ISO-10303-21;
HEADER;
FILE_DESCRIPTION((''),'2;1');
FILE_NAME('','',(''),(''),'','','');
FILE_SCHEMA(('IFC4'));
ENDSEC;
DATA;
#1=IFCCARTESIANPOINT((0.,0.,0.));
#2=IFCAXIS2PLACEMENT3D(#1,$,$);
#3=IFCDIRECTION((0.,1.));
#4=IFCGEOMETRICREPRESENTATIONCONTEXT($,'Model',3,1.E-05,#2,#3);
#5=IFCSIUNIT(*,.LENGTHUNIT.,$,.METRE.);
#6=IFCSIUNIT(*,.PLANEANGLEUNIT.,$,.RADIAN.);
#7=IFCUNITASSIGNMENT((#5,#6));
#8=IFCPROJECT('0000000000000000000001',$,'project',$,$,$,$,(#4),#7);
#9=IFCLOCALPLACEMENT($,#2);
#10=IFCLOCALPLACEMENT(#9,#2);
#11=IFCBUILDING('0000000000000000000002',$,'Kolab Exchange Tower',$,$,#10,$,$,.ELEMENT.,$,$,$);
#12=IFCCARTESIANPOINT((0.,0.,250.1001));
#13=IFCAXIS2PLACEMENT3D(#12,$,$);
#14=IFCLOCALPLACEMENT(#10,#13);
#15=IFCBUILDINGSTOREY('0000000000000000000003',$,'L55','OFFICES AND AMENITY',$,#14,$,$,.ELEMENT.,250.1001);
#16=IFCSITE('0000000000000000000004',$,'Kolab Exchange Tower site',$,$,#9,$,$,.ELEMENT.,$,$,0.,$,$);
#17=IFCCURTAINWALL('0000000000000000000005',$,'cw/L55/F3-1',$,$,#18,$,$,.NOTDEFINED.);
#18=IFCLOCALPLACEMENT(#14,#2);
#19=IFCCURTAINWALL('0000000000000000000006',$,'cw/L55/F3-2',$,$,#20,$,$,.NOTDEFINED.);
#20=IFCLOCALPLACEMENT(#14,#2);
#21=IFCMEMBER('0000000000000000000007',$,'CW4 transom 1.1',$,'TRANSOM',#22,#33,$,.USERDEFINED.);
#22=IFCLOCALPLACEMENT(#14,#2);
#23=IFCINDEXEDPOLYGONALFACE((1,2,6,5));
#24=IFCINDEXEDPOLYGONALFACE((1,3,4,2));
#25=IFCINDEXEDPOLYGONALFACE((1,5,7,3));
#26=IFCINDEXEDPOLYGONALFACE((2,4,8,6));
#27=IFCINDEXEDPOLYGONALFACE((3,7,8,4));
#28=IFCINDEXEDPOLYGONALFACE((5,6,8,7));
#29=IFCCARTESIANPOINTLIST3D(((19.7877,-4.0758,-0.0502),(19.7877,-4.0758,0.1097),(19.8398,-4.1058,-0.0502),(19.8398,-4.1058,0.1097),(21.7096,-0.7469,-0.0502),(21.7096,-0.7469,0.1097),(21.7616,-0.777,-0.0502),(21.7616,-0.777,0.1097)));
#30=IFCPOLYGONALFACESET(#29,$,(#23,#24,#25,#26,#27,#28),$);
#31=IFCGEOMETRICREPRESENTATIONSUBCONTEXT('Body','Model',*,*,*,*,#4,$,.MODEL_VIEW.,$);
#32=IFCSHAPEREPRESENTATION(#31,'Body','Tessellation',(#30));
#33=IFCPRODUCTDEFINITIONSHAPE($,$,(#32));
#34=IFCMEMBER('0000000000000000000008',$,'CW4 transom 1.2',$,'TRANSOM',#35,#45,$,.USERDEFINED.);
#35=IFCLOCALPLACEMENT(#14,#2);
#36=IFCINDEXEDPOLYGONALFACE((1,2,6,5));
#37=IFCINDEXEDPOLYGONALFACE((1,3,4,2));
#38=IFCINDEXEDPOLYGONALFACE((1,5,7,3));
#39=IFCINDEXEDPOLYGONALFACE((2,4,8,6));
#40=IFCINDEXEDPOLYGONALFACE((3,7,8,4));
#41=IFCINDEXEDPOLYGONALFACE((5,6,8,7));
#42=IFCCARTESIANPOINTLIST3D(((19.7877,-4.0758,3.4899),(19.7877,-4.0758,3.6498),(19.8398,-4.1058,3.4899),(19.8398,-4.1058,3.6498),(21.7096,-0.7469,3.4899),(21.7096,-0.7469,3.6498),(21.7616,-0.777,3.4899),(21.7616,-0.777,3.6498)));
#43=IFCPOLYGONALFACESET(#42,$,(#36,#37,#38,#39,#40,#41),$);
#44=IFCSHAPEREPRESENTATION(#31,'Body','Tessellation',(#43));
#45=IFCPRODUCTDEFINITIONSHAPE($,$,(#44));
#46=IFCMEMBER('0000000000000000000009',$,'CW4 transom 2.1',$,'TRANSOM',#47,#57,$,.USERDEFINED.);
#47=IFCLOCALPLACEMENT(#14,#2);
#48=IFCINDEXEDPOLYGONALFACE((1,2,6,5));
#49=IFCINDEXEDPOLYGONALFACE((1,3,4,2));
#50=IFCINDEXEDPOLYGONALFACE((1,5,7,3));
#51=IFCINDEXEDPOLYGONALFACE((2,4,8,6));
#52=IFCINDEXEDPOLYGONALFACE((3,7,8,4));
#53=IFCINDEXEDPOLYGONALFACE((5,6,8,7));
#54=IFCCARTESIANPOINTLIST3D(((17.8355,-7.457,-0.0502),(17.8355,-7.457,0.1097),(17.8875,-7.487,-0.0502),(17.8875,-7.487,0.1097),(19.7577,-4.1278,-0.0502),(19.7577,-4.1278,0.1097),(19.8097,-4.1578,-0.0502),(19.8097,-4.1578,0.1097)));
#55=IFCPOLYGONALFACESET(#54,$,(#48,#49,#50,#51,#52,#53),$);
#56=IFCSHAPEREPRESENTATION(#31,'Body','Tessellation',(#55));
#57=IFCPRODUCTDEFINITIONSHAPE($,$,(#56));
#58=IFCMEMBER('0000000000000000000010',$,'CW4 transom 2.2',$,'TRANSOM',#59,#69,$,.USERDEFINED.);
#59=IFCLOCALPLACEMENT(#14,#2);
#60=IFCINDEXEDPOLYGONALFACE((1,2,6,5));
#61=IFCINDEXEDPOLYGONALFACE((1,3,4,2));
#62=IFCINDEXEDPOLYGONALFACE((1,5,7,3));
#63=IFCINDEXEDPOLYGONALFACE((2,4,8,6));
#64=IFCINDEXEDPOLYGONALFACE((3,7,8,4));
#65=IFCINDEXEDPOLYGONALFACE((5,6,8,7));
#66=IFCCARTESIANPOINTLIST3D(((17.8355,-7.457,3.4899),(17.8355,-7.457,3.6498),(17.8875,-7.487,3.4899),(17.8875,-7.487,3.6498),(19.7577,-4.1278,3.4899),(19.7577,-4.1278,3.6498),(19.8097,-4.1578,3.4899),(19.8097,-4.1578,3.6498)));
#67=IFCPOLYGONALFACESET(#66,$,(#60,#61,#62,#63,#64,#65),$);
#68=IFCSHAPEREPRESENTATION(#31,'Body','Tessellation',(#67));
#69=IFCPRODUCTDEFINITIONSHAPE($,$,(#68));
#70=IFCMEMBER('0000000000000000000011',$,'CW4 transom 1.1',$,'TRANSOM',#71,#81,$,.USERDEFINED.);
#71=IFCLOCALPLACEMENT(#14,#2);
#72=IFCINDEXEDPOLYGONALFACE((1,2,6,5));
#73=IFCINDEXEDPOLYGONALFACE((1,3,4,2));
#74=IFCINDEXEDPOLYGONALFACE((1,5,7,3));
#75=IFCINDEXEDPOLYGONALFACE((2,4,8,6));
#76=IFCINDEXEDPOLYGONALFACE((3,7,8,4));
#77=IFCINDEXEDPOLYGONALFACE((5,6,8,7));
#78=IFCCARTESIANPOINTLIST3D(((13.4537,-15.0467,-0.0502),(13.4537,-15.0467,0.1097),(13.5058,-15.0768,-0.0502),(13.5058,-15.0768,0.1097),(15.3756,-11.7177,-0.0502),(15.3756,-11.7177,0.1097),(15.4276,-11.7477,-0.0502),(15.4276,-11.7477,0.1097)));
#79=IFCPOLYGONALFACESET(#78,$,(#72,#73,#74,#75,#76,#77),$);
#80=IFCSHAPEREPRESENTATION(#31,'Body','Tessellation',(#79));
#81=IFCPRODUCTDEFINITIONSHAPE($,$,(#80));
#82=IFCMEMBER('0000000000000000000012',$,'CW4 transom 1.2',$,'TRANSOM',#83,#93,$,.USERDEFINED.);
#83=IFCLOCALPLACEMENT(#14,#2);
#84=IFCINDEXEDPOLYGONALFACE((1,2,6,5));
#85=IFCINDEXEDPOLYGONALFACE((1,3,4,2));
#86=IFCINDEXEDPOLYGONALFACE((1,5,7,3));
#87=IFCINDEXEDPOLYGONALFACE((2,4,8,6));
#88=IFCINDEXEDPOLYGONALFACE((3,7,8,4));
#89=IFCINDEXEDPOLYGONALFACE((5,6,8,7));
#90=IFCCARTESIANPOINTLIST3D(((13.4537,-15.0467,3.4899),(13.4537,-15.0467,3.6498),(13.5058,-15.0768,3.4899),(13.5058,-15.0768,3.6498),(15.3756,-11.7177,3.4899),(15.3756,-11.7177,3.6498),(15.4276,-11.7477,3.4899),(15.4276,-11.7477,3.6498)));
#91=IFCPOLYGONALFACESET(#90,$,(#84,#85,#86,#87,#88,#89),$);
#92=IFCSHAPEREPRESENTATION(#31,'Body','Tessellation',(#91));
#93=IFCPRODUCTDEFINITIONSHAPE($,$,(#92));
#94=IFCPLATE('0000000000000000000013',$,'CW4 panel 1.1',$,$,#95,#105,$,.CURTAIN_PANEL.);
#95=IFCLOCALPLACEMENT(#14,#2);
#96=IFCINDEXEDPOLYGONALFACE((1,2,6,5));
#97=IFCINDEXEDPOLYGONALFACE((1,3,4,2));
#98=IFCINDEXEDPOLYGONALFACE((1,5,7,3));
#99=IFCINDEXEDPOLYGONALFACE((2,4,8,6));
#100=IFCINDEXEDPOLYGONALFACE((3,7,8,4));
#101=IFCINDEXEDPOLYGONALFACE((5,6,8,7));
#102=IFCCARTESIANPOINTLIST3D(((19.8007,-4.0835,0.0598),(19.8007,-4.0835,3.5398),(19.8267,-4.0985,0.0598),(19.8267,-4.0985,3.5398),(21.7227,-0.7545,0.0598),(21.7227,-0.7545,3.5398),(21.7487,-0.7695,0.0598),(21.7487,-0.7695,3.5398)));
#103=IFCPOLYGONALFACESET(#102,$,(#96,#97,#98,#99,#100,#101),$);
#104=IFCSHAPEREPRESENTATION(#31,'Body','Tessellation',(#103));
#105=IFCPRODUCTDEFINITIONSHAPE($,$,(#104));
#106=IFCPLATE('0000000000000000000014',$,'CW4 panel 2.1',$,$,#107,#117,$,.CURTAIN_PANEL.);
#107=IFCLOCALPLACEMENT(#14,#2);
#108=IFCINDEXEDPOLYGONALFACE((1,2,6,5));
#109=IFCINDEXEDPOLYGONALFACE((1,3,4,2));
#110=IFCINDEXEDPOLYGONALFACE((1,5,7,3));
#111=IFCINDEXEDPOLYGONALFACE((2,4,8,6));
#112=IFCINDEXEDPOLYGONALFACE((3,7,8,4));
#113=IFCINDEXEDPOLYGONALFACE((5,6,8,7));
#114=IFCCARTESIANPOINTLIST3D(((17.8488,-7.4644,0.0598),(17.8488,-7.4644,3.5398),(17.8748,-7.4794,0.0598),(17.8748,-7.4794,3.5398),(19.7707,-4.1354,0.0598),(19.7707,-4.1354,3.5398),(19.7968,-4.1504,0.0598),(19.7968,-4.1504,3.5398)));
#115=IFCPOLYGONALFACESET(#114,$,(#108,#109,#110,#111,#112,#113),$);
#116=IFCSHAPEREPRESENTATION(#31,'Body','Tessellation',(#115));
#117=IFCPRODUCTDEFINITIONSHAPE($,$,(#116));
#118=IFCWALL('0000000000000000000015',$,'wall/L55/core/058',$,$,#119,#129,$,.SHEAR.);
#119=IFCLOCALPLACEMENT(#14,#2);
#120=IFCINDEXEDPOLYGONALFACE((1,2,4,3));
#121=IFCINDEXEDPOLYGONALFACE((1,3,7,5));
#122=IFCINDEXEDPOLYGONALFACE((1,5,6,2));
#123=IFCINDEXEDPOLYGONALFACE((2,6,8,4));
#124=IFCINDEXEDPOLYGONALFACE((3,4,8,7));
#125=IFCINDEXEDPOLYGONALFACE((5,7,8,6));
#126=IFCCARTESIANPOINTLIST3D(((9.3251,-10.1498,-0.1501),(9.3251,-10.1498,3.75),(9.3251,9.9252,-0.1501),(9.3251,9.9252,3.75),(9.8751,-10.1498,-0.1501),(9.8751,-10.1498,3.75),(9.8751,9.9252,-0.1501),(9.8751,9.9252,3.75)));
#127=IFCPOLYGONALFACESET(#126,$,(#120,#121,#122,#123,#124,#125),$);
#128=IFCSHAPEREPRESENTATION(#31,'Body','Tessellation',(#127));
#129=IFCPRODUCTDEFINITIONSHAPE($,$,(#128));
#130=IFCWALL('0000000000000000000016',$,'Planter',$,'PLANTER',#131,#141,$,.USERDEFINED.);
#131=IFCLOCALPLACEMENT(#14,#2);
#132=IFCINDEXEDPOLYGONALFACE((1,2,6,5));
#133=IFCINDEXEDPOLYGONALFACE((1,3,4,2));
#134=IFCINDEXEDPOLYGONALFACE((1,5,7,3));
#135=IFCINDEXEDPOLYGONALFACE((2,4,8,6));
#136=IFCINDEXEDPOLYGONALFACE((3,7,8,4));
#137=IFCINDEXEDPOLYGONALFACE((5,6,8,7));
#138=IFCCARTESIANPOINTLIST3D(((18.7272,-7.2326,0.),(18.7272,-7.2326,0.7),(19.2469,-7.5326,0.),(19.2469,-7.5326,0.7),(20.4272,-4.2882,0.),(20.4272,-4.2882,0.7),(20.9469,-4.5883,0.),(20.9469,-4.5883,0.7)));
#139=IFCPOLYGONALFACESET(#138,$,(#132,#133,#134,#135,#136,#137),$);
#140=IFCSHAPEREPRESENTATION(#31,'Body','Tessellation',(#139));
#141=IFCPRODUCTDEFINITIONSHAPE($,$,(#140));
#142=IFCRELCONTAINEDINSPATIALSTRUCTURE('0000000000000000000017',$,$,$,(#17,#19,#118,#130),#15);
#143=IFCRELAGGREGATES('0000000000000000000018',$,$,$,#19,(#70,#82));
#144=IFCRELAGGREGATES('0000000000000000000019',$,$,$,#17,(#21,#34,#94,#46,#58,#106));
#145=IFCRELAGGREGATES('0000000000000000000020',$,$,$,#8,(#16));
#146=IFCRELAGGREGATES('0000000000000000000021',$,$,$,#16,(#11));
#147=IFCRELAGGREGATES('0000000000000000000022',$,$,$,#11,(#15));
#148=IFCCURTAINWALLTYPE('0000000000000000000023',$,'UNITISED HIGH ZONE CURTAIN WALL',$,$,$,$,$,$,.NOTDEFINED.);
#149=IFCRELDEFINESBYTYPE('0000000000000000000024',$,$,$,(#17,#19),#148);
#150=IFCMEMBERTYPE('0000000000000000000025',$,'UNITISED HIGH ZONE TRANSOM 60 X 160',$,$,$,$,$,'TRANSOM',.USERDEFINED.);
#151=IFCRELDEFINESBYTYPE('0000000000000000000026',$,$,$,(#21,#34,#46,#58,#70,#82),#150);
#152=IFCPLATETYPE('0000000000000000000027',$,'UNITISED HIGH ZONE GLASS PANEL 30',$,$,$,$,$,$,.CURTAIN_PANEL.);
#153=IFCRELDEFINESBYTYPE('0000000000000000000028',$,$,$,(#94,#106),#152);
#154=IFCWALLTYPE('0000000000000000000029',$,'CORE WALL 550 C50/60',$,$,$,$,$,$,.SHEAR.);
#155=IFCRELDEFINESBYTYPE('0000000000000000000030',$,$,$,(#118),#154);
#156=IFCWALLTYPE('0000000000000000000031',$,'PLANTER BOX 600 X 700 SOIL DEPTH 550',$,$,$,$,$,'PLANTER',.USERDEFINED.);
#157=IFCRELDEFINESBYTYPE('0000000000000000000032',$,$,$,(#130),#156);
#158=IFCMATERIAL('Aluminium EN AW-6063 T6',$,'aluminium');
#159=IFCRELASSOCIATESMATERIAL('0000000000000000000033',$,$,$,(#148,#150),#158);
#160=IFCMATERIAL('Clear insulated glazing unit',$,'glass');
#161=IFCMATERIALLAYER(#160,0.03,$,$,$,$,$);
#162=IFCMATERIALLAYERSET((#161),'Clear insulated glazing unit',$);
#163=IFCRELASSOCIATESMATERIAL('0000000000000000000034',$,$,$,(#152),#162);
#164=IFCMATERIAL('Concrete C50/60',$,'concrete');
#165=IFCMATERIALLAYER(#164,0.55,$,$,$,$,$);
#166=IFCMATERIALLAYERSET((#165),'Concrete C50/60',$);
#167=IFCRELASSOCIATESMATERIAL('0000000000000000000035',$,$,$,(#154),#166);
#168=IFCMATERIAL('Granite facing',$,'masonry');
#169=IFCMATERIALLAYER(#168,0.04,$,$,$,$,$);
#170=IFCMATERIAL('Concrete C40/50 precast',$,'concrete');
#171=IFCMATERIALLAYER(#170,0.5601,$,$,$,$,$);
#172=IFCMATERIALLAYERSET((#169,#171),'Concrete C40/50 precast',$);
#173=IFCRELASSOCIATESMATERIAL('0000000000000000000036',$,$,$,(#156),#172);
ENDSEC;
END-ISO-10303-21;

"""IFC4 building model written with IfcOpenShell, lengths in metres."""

from ifc_helpers import new_model, si_unit, direction, frame, frame_2d, origin, origin_2d, place, context, subcontext, project, spatial, rectangle, extrude, material, layer, layer_set, material_profile, profile_set, type_object, element, aggregate, save


model = new_model("IFC4")

# Units and contexts
model_context = context("Model", 3, precision=1e-05, world=origin(), true_north=direction((0.0, 1.0)))
body_context = subcontext(model_context, "Body", "Model", "MODEL_VIEW")
ifc_project = project(units=[si_unit("LENGTHUNIT", "METRE"), si_unit("PLANEANGLEUNIT", "RADIAN")], contexts=[model_context])

# Site, building, storey
site_placement = place(None, origin())
site = spatial("IfcSite", under=ifc_project, at=site_placement, Name="Kolab Exchange Tower site", CompositionType="ELEMENT", RefElevation=0.0)
building_placement = place(site_placement, origin())
building = spatial("IfcBuilding", under=site, at=building_placement, Name="Kolab Exchange Tower", CompositionType="ELEMENT")
storey_placement = place(building_placement, frame((0.0, 0.0, 250.1001)))
storey = spatial("IfcBuildingStorey", under=building, at=storey_placement, Name="L55", Description="OFFICES AND AMENITY", CompositionType="ELEMENT", Elevation=250.1001)

# Shared definitions
ifc_material_1 = material(Name="Concrete C50/60", Category="concrete")

# Curtain wall
ifc_material_2 = material(Name="Aluminium EN AW-6063 T6", Category="aluminium")
curtain_wall_type = type_object("IfcCurtainWallType", Name="UNITISED HIGH ZONE CURTAIN WALL", PredefinedType="NOTDEFINED", material=ifc_material_2)
curtain_wall_1_placement = place(storey_placement, origin())
curtain_wall_1 = element("IfcCurtainWall", 1, at=curtain_wall_1_placement, inside=storey, type_object=curtain_wall_type, Name="cw/L55/F3-1", PredefinedType="NOTDEFINED")

# Curtain wall
curtain_wall_2_placement = place(storey_placement, origin())
curtain_wall_2 = element("IfcCurtainWall", 2, at=curtain_wall_2_placement, inside=storey, type_object=curtain_wall_type, Name="cw/L55/F3-2", PredefinedType="NOTDEFINED")

# Members
ifc_material_profile_1 = material_profile(ifc_material_2, rectangle(XDim=0.0601, YDim=0.1599, at=origin_2d()), Name="RECT 60X160")
ifc_profile_set_1 = profile_set([ifc_material_profile_1], Name="Aluminium EN AW-6063 T6")
member_type_1 = type_object("IfcMemberType", Name="UNITISED HIGH ZONE TRANSOM 60 X 160", ElementType="TRANSOM", PredefinedType="USERDEFINED", material=ifc_profile_set_1)
member_1_placement = place(storey_placement, frame((21.7356, -0.762, 0.0298), z_axis=(-0.499992, -0.86603, 0.0), x_axis=(0.86603, -0.499992, 0.0)))
member_1 = element("IfcMember", 3, at=member_1_placement, type_object=member_type_1, Name="CW4 transom 1.1", ObjectType="TRANSOM", PredefinedType="USERDEFINED", context=body_context, shape_type="SweptSolid", body=[
    extrude(rectangle(XDim=0.0601, YDim=0.1599, at=origin_2d()), origin(), (0.0, 0.0, 1.0), 3.8438),
])
member_2_placement = place(storey_placement, frame((21.7356, -0.762, 3.5698), z_axis=(-0.499992, -0.86603, 0.0), x_axis=(0.86603, -0.499992, 0.0)))
member_2 = element("IfcMember", 4, at=member_2_placement, type_object=member_type_1, Name="CW4 transom 1.2", ObjectType="TRANSOM", PredefinedType="USERDEFINED", context=body_context, shape_type="SweptSolid", body=[
    extrude(rectangle(XDim=0.0601, YDim=0.1599, at=origin_2d()), origin(), (0.0, 0.0, 1.0), 3.8438),
])
member_3_placement = place(storey_placement, frame((19.7837, -4.1428, 0.0298), z_axis=(-0.500012, -0.866018, 0.0), x_axis=(0.866018, -0.500012, 0.0)))
member_3 = element("IfcMember", 5, at=member_3_placement, type_object=member_type_1, Name="CW4 transom 2.1", ObjectType="TRANSOM", PredefinedType="USERDEFINED", context=body_context, shape_type="SweptSolid", body=[
    extrude(rectangle(XDim=0.0601, YDim=0.1599, at=origin_2d()), origin(), (0.0, 0.0, 1.0), 3.8442),
])
member_4_placement = place(storey_placement, frame((19.7837, -4.1428, 3.5698), z_axis=(-0.500012, -0.866018, 0.0), x_axis=(0.866018, -0.500012, 0.0)))
member_4 = element("IfcMember", 6, at=member_4_placement, type_object=member_type_1, Name="CW4 transom 2.2", ObjectType="TRANSOM", PredefinedType="USERDEFINED", context=body_context, shape_type="SweptSolid", body=[
    extrude(rectangle(XDim=0.0601, YDim=0.1599, at=origin_2d()), origin(), (0.0, 0.0, 1.0), 3.8442),
])
member_5_placement = place(storey_placement, frame((15.4016, -11.7327, 0.0298), z_axis=(-0.499964, -0.866046, 0.0), x_axis=(0.866046, -0.499964, 0.0)))
member_5 = element("IfcMember", 7, at=member_5_placement, type_object=member_type_1, Name="CW4 transom 1.1", ObjectType="TRANSOM", PredefinedType="USERDEFINED", context=body_context, shape_type="SweptSolid", body=[
    extrude(rectangle(XDim=0.0601, YDim=0.1599, at=origin_2d()), origin(), (0.0, 0.0, 1.0), 3.844),
])
member_6_placement = place(storey_placement, frame((15.4016, -11.7327, 3.5698), z_axis=(-0.499964, -0.866046, 0.0), x_axis=(0.866046, -0.499964, 0.0)))
member_6 = element("IfcMember", 8, at=member_6_placement, type_object=member_type_1, Name="CW4 transom 1.2", ObjectType="TRANSOM", PredefinedType="USERDEFINED", context=body_context, shape_type="SweptSolid", body=[
    extrude(rectangle(XDim=0.0601, YDim=0.1599, at=origin_2d()), origin(), (0.0, 0.0, 1.0), 3.844),
])
aggregate(curtain_wall_2, [member_5, member_6])

# Plates
ifc_material_3 = material(Name="Clear insulated glazing unit", Category="glass")
ifc_layer_1 = layer(ifc_material_3, 0.03)
ifc_layer_set_1 = layer_set([ifc_layer_1], Name="Clear insulated glazing unit")
plate_type = type_object("IfcPlateType", Name="UNITISED HIGH ZONE GLASS PANEL 30", PredefinedType="CURTAIN_PANEL", material=ifc_layer_set_1)
plate_1_placement = place(storey_placement, frame((20.7747, -2.4265, 0.0598), z_axis=(0.0, 0.0, 1.0), x_axis=(-0.5, -0.866025, 0.0)))
plate_1 = element("IfcPlate", 9, at=plate_1_placement, type_object=plate_type, Name="CW4 panel 1.1", PredefinedType="CURTAIN_PANEL", context=body_context, shape_type="SweptSolid", body=[
    extrude(rectangle(XDim=3.844, YDim=0.03, at=origin_2d()), origin(), (0.0, 0.0, 1.0), 3.48),
])
plate_2_placement = place(storey_placement, frame((18.8228, -5.8074, 0.0598), z_axis=(0.0, 0.0, 1.0), x_axis=(-0.5, -0.866025, 0.0)))
plate_2 = element("IfcPlate", 10, at=plate_2_placement, type_object=plate_type, Name="CW4 panel 2.1", PredefinedType="CURTAIN_PANEL", context=body_context, shape_type="SweptSolid", body=[
    extrude(rectangle(XDim=3.844, YDim=0.03, at=origin_2d()), origin(), (0.0, 0.0, 1.0), 3.48),
])
aggregate(curtain_wall_1, [member_1, member_2, plate_1, member_3, member_4, plate_2])

# Wall
ifc_layer_2 = layer(ifc_material_1, 0.55)
ifc_layer_set_2 = layer_set([ifc_layer_2], Name="Concrete C50/60")
wall_type_1 = type_object("IfcWallType", Name="CORE WALL 550 C50/60", PredefinedType="SHEAR", material=ifc_layer_set_2)
wall_1_placement = place(storey_placement, frame((9.6001, -10.1499, -0.1501), z_axis=(0.0, 0.0, 1.0), x_axis=(0.0, 1.0, 0.0)))
element("IfcWall", 11, at=wall_1_placement, inside=storey, type_object=wall_type_1, Name="wall/L55/core/058", PredefinedType="SHEAR", context=body_context, shape_type="SweptSolid", body=[
    extrude(rectangle(XDim=20.075, YDim=0.55, at=frame_2d((10.0376, 0.0))), origin(), (0.0, 0.0, 1.0), 3.9001),
])

# Wall
ifc_material_4 = material(Name="Granite facing", Category="masonry")
ifc_layer_3 = layer(ifc_material_4, 0.04)
ifc_material_5 = material(Name="Concrete C40/50 precast", Category="concrete")
ifc_layer_4 = layer(ifc_material_5, 0.5601)
ifc_layer_set_3 = layer_set([ifc_layer_3, ifc_layer_4], Name="Concrete C40/50 precast")
wall_type_2 = type_object("IfcWallType", Name="PLANTER BOX 600 X 700 SOIL DEPTH 550", ElementType="PLANTER", PredefinedType="USERDEFINED", material=ifc_layer_set_3)
wall_2_placement = place(storey_placement, frame((20.687, -4.4382, 0.0), z_axis=(0.0, 0.0, 1.0), x_axis=(-0.500008, -0.866021, 0.0)))
element("IfcWall", 12, at=wall_2_placement, inside=storey, type_object=wall_type_2, Name="Planter", ObjectType="PLANTER", PredefinedType="USERDEFINED", context=body_context, shape_type="SweptSolid", body=[
    extrude(rectangle(XDim=3.3999, YDim=0.6001, at=frame_2d((1.7, 0.0))), origin(), (0.0, 0.0, 1.0), 0.7),
])

save(model, "model.ifc")
